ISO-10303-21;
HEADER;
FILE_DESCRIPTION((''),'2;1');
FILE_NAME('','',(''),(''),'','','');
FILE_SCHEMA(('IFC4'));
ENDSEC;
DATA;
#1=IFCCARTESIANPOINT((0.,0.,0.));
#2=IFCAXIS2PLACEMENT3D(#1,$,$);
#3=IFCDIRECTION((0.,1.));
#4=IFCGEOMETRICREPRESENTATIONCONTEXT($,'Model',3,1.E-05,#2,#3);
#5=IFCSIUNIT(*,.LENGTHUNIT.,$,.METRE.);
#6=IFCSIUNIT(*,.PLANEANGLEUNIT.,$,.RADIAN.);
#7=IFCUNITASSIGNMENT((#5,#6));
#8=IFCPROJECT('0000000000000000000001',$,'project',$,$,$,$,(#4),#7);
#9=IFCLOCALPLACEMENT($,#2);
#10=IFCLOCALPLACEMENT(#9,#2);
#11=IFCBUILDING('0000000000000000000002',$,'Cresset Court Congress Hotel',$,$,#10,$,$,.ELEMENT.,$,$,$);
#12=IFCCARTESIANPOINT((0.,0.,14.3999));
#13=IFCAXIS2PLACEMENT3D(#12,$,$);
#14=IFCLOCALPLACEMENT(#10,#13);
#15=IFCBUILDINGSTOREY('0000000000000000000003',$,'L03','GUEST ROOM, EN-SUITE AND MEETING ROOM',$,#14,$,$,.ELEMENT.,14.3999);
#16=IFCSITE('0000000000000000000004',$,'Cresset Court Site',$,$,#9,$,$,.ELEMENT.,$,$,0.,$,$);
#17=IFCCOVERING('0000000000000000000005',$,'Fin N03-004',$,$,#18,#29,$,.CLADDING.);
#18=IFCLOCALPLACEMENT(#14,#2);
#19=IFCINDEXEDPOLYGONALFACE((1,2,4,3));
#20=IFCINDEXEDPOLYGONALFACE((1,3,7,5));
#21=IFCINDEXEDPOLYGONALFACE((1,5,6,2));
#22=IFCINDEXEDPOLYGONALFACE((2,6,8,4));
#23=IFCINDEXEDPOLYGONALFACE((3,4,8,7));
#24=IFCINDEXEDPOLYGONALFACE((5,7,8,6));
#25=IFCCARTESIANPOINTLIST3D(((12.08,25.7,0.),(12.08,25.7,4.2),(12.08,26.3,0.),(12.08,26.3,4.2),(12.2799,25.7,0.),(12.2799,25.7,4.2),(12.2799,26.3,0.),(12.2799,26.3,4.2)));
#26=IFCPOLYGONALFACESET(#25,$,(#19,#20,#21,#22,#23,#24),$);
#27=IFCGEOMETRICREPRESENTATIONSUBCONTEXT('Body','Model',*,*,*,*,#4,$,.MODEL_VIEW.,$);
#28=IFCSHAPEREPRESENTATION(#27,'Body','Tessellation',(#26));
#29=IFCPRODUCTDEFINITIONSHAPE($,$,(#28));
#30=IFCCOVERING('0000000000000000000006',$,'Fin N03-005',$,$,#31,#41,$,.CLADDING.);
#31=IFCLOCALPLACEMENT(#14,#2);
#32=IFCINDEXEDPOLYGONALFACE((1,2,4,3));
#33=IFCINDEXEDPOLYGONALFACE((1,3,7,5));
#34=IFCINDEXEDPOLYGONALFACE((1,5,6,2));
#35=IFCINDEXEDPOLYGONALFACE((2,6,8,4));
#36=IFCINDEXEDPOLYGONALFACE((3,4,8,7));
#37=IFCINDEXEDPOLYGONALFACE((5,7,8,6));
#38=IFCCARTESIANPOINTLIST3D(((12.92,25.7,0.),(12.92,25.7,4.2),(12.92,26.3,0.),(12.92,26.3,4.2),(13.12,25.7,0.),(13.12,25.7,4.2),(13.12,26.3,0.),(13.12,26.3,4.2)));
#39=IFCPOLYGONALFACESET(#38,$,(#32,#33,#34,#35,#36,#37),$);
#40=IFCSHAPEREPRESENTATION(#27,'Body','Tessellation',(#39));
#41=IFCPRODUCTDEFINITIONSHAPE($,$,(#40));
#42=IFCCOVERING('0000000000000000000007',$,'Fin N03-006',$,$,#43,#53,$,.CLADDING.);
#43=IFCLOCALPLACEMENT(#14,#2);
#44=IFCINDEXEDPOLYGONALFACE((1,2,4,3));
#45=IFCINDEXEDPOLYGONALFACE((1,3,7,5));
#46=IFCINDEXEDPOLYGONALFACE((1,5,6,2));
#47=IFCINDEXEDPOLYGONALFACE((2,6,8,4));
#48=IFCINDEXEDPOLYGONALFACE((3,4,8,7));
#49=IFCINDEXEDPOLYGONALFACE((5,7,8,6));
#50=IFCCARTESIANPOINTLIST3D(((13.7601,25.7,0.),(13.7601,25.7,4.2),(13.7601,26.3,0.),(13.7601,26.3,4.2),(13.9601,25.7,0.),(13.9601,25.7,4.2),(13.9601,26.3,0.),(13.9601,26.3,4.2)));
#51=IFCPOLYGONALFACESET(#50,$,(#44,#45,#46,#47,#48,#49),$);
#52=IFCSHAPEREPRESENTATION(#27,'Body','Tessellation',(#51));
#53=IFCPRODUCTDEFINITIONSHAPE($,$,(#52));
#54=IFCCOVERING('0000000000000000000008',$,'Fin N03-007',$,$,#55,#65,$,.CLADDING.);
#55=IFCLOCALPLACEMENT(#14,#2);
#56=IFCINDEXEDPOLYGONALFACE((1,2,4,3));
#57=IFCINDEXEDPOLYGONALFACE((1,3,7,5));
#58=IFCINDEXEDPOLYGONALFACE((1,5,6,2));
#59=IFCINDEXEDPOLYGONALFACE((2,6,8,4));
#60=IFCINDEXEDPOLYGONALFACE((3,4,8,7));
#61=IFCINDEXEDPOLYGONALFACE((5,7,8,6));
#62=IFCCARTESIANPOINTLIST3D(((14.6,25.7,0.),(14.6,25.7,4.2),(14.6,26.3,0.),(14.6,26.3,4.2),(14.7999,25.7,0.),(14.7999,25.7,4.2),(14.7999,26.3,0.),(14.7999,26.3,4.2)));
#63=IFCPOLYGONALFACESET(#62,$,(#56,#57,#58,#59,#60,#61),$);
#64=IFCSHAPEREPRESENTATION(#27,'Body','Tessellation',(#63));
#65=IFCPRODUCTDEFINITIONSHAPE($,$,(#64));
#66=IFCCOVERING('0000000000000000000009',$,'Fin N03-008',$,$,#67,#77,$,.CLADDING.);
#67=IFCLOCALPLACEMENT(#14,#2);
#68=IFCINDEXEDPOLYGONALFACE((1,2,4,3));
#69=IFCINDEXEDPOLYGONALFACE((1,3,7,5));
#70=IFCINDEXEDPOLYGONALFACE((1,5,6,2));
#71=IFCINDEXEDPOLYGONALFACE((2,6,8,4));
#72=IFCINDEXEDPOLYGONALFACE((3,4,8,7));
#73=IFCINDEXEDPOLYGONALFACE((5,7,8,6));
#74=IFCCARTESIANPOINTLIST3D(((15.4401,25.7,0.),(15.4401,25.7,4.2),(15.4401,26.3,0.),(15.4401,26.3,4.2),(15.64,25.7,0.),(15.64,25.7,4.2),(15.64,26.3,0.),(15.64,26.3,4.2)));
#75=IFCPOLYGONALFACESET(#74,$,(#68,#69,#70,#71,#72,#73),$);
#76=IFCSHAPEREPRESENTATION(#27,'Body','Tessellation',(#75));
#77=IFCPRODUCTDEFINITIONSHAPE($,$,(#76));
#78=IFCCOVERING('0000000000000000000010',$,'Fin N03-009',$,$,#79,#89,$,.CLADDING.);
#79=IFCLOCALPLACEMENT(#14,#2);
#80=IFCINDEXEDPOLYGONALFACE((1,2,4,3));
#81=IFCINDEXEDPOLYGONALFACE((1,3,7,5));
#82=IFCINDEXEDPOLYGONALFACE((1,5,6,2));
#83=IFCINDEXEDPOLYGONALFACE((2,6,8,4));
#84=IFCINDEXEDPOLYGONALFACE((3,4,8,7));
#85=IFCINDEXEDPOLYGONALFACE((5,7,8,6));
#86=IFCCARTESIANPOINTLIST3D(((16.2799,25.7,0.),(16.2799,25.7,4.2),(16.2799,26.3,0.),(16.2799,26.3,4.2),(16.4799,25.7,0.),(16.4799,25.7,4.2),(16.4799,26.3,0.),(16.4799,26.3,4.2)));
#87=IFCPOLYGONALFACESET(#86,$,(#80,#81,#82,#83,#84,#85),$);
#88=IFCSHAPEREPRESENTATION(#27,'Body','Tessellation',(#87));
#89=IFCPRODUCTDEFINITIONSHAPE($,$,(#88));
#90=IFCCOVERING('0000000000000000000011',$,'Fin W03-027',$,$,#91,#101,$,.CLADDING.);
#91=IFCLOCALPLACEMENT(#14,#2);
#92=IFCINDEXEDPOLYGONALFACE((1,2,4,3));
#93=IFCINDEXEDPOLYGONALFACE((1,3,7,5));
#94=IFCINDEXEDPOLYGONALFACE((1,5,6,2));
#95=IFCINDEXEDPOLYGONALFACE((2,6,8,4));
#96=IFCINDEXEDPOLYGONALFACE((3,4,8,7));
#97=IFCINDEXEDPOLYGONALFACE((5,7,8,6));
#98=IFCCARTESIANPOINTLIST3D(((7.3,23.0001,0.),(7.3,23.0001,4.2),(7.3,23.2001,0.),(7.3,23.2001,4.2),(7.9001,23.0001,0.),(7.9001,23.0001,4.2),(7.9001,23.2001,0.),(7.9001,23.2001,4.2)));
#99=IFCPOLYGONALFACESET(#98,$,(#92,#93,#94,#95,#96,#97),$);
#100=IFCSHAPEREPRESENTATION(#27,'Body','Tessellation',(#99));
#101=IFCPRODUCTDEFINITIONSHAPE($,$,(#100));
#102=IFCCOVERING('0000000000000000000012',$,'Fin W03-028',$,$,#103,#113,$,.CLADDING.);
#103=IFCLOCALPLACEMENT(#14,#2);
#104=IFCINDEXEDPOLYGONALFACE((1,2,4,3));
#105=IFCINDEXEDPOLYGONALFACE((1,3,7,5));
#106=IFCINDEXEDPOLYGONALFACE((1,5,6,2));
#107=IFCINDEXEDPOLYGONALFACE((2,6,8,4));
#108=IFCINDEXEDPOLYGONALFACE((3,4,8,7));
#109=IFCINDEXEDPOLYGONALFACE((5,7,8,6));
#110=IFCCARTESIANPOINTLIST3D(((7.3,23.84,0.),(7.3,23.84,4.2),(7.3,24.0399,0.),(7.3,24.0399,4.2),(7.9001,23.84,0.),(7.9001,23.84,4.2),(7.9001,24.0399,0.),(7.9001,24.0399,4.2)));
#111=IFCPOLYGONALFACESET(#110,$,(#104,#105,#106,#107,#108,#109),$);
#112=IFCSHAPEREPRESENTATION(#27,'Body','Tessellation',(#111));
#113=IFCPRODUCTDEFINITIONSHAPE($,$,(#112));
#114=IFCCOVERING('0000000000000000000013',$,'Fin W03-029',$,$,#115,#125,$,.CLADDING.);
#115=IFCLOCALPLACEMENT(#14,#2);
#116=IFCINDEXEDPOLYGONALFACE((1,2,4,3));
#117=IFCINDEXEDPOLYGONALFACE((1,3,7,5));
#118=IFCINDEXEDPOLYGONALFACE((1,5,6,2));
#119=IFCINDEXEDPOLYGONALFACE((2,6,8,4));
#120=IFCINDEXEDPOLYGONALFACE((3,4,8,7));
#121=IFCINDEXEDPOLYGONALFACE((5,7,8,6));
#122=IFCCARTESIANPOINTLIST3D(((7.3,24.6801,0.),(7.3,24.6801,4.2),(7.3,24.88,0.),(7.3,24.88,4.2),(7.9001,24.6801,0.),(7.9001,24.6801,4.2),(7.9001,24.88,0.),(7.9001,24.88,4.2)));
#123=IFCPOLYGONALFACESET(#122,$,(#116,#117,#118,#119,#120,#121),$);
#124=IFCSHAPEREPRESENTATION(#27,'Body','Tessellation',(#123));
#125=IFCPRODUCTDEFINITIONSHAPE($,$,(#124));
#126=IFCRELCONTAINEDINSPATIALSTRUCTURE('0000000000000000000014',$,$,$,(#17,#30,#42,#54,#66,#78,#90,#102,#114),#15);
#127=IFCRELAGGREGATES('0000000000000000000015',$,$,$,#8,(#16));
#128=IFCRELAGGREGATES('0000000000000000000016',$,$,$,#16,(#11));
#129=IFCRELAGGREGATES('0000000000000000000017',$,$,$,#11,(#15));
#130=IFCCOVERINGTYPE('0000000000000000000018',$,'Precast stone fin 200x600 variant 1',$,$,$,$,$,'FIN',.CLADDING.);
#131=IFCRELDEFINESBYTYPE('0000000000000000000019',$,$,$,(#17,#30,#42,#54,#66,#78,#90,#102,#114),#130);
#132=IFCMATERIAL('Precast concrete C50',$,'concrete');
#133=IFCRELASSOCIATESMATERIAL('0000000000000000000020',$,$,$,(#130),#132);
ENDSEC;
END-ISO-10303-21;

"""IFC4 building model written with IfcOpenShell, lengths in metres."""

from ifc_helpers import new_model, si_unit, direction, frame, origin, origin_2d, place, context, subcontext, project, spatial, rectangle, extrude, material, type_object, element, save


model = new_model("IFC4")

# Units and contexts
model_context = context("Model", 3, precision=1e-05, world=origin(), true_north=direction((0.0, 1.0)))
body_context = subcontext(model_context, "Body", "Model", "MODEL_VIEW")
ifc_project = project(units=[si_unit("LENGTHUNIT", "METRE"), si_unit("PLANEANGLEUNIT", "RADIAN")], contexts=[model_context])

# Site, building, storey
site_placement = place(None, origin())
site = spatial("IfcSite", under=ifc_project, at=site_placement, Name="Cresset Court Site", CompositionType="ELEMENT", RefElevation=0.0)
building_placement = place(site_placement, origin())
building = spatial("IfcBuilding", under=site, at=building_placement, Name="Cresset Court Congress Hotel", CompositionType="ELEMENT")
storey_placement = place(building_placement, frame((0.0, 0.0, 14.3999)))
storey = spatial("IfcBuildingStorey", under=building, at=storey_placement, Name="L03", Description="GUEST ROOM, EN-SUITE AND MEETING ROOM", CompositionType="ELEMENT", Elevation=14.3999)

# Coverings
ifc_material_1 = material(Name="Precast concrete C50", Category="concrete")
covering_type = type_object("IfcCoveringType", Name="Precast stone fin 200x600 variant 1", ElementType="FIN", PredefinedType="CLADDING", material=ifc_material_1)
for number, where, z_axis, x_axis, name in (
    (1, (12.1799, 26.0, 0.0), (0.0, 0.0, 1.0), (1.0, 0.0, 0.0), "Fin N03-004"),
    (2, (13.02, 26.0, 0.0), (0.0, 0.0, 1.0), (1.0, 0.0, 0.0), "Fin N03-005"),
    (3, (13.8601, 26.0, 0.0), (0.0, 0.0, 1.0), (1.0, 0.0, 0.0), "Fin N03-006"),
    (4, (14.7, 26.0, 0.0), (0.0, 0.0, 1.0), (1.0, 0.0, 0.0), "Fin N03-007"),
    (5, (15.54, 26.0, 0.0), (0.0, 0.0, 1.0), (1.0, 0.0, 0.0), "Fin N03-008"),
    (6, (16.3799, 26.0, 0.0), (0.0, 0.0, 1.0), (1.0, 0.0, 0.0), "Fin N03-009"),
):
    element("IfcCovering", number, at=place(storey_placement, frame(where, z_axis=z_axis, x_axis=x_axis)), inside=storey, type_object=covering_type, Name=name, PredefinedType="CLADDING", context=body_context, shape_type="SweptSolid", body=[
        extrude(rectangle(XDim=0.2, YDim=0.6001, at=origin_2d()), origin(), (0.0, 0.0, 1.0), 4.2),
    ])
for number, where, z_axis, x_axis, name in (
    (7, (7.6001, 23.1001, 0.0), (0.0, 0.0, 1.0), (1.0, 0.0, 0.0), "Fin W03-027"),
    (8, (7.6001, 23.9399, 0.0), (0.0, 0.0, 1.0), (1.0, 0.0, 0.0), "Fin W03-028"),
    (9, (7.6001, 24.78, 0.0), (0.0, 0.0, 1.0), (1.0, 0.0, 0.0), "Fin W03-029"),
):
    element("IfcCovering", number, at=place(storey_placement, frame(where, z_axis=z_axis, x_axis=x_axis)), inside=storey, type_object=covering_type, Name=name, PredefinedType="CLADDING", context=body_context, shape_type="SweptSolid", body=[
        extrude(rectangle(XDim=0.6001, YDim=0.2, at=origin_2d()), origin(), (0.0, 0.0, 1.0), 4.2),
    ])

save(model, "model.ifc")
